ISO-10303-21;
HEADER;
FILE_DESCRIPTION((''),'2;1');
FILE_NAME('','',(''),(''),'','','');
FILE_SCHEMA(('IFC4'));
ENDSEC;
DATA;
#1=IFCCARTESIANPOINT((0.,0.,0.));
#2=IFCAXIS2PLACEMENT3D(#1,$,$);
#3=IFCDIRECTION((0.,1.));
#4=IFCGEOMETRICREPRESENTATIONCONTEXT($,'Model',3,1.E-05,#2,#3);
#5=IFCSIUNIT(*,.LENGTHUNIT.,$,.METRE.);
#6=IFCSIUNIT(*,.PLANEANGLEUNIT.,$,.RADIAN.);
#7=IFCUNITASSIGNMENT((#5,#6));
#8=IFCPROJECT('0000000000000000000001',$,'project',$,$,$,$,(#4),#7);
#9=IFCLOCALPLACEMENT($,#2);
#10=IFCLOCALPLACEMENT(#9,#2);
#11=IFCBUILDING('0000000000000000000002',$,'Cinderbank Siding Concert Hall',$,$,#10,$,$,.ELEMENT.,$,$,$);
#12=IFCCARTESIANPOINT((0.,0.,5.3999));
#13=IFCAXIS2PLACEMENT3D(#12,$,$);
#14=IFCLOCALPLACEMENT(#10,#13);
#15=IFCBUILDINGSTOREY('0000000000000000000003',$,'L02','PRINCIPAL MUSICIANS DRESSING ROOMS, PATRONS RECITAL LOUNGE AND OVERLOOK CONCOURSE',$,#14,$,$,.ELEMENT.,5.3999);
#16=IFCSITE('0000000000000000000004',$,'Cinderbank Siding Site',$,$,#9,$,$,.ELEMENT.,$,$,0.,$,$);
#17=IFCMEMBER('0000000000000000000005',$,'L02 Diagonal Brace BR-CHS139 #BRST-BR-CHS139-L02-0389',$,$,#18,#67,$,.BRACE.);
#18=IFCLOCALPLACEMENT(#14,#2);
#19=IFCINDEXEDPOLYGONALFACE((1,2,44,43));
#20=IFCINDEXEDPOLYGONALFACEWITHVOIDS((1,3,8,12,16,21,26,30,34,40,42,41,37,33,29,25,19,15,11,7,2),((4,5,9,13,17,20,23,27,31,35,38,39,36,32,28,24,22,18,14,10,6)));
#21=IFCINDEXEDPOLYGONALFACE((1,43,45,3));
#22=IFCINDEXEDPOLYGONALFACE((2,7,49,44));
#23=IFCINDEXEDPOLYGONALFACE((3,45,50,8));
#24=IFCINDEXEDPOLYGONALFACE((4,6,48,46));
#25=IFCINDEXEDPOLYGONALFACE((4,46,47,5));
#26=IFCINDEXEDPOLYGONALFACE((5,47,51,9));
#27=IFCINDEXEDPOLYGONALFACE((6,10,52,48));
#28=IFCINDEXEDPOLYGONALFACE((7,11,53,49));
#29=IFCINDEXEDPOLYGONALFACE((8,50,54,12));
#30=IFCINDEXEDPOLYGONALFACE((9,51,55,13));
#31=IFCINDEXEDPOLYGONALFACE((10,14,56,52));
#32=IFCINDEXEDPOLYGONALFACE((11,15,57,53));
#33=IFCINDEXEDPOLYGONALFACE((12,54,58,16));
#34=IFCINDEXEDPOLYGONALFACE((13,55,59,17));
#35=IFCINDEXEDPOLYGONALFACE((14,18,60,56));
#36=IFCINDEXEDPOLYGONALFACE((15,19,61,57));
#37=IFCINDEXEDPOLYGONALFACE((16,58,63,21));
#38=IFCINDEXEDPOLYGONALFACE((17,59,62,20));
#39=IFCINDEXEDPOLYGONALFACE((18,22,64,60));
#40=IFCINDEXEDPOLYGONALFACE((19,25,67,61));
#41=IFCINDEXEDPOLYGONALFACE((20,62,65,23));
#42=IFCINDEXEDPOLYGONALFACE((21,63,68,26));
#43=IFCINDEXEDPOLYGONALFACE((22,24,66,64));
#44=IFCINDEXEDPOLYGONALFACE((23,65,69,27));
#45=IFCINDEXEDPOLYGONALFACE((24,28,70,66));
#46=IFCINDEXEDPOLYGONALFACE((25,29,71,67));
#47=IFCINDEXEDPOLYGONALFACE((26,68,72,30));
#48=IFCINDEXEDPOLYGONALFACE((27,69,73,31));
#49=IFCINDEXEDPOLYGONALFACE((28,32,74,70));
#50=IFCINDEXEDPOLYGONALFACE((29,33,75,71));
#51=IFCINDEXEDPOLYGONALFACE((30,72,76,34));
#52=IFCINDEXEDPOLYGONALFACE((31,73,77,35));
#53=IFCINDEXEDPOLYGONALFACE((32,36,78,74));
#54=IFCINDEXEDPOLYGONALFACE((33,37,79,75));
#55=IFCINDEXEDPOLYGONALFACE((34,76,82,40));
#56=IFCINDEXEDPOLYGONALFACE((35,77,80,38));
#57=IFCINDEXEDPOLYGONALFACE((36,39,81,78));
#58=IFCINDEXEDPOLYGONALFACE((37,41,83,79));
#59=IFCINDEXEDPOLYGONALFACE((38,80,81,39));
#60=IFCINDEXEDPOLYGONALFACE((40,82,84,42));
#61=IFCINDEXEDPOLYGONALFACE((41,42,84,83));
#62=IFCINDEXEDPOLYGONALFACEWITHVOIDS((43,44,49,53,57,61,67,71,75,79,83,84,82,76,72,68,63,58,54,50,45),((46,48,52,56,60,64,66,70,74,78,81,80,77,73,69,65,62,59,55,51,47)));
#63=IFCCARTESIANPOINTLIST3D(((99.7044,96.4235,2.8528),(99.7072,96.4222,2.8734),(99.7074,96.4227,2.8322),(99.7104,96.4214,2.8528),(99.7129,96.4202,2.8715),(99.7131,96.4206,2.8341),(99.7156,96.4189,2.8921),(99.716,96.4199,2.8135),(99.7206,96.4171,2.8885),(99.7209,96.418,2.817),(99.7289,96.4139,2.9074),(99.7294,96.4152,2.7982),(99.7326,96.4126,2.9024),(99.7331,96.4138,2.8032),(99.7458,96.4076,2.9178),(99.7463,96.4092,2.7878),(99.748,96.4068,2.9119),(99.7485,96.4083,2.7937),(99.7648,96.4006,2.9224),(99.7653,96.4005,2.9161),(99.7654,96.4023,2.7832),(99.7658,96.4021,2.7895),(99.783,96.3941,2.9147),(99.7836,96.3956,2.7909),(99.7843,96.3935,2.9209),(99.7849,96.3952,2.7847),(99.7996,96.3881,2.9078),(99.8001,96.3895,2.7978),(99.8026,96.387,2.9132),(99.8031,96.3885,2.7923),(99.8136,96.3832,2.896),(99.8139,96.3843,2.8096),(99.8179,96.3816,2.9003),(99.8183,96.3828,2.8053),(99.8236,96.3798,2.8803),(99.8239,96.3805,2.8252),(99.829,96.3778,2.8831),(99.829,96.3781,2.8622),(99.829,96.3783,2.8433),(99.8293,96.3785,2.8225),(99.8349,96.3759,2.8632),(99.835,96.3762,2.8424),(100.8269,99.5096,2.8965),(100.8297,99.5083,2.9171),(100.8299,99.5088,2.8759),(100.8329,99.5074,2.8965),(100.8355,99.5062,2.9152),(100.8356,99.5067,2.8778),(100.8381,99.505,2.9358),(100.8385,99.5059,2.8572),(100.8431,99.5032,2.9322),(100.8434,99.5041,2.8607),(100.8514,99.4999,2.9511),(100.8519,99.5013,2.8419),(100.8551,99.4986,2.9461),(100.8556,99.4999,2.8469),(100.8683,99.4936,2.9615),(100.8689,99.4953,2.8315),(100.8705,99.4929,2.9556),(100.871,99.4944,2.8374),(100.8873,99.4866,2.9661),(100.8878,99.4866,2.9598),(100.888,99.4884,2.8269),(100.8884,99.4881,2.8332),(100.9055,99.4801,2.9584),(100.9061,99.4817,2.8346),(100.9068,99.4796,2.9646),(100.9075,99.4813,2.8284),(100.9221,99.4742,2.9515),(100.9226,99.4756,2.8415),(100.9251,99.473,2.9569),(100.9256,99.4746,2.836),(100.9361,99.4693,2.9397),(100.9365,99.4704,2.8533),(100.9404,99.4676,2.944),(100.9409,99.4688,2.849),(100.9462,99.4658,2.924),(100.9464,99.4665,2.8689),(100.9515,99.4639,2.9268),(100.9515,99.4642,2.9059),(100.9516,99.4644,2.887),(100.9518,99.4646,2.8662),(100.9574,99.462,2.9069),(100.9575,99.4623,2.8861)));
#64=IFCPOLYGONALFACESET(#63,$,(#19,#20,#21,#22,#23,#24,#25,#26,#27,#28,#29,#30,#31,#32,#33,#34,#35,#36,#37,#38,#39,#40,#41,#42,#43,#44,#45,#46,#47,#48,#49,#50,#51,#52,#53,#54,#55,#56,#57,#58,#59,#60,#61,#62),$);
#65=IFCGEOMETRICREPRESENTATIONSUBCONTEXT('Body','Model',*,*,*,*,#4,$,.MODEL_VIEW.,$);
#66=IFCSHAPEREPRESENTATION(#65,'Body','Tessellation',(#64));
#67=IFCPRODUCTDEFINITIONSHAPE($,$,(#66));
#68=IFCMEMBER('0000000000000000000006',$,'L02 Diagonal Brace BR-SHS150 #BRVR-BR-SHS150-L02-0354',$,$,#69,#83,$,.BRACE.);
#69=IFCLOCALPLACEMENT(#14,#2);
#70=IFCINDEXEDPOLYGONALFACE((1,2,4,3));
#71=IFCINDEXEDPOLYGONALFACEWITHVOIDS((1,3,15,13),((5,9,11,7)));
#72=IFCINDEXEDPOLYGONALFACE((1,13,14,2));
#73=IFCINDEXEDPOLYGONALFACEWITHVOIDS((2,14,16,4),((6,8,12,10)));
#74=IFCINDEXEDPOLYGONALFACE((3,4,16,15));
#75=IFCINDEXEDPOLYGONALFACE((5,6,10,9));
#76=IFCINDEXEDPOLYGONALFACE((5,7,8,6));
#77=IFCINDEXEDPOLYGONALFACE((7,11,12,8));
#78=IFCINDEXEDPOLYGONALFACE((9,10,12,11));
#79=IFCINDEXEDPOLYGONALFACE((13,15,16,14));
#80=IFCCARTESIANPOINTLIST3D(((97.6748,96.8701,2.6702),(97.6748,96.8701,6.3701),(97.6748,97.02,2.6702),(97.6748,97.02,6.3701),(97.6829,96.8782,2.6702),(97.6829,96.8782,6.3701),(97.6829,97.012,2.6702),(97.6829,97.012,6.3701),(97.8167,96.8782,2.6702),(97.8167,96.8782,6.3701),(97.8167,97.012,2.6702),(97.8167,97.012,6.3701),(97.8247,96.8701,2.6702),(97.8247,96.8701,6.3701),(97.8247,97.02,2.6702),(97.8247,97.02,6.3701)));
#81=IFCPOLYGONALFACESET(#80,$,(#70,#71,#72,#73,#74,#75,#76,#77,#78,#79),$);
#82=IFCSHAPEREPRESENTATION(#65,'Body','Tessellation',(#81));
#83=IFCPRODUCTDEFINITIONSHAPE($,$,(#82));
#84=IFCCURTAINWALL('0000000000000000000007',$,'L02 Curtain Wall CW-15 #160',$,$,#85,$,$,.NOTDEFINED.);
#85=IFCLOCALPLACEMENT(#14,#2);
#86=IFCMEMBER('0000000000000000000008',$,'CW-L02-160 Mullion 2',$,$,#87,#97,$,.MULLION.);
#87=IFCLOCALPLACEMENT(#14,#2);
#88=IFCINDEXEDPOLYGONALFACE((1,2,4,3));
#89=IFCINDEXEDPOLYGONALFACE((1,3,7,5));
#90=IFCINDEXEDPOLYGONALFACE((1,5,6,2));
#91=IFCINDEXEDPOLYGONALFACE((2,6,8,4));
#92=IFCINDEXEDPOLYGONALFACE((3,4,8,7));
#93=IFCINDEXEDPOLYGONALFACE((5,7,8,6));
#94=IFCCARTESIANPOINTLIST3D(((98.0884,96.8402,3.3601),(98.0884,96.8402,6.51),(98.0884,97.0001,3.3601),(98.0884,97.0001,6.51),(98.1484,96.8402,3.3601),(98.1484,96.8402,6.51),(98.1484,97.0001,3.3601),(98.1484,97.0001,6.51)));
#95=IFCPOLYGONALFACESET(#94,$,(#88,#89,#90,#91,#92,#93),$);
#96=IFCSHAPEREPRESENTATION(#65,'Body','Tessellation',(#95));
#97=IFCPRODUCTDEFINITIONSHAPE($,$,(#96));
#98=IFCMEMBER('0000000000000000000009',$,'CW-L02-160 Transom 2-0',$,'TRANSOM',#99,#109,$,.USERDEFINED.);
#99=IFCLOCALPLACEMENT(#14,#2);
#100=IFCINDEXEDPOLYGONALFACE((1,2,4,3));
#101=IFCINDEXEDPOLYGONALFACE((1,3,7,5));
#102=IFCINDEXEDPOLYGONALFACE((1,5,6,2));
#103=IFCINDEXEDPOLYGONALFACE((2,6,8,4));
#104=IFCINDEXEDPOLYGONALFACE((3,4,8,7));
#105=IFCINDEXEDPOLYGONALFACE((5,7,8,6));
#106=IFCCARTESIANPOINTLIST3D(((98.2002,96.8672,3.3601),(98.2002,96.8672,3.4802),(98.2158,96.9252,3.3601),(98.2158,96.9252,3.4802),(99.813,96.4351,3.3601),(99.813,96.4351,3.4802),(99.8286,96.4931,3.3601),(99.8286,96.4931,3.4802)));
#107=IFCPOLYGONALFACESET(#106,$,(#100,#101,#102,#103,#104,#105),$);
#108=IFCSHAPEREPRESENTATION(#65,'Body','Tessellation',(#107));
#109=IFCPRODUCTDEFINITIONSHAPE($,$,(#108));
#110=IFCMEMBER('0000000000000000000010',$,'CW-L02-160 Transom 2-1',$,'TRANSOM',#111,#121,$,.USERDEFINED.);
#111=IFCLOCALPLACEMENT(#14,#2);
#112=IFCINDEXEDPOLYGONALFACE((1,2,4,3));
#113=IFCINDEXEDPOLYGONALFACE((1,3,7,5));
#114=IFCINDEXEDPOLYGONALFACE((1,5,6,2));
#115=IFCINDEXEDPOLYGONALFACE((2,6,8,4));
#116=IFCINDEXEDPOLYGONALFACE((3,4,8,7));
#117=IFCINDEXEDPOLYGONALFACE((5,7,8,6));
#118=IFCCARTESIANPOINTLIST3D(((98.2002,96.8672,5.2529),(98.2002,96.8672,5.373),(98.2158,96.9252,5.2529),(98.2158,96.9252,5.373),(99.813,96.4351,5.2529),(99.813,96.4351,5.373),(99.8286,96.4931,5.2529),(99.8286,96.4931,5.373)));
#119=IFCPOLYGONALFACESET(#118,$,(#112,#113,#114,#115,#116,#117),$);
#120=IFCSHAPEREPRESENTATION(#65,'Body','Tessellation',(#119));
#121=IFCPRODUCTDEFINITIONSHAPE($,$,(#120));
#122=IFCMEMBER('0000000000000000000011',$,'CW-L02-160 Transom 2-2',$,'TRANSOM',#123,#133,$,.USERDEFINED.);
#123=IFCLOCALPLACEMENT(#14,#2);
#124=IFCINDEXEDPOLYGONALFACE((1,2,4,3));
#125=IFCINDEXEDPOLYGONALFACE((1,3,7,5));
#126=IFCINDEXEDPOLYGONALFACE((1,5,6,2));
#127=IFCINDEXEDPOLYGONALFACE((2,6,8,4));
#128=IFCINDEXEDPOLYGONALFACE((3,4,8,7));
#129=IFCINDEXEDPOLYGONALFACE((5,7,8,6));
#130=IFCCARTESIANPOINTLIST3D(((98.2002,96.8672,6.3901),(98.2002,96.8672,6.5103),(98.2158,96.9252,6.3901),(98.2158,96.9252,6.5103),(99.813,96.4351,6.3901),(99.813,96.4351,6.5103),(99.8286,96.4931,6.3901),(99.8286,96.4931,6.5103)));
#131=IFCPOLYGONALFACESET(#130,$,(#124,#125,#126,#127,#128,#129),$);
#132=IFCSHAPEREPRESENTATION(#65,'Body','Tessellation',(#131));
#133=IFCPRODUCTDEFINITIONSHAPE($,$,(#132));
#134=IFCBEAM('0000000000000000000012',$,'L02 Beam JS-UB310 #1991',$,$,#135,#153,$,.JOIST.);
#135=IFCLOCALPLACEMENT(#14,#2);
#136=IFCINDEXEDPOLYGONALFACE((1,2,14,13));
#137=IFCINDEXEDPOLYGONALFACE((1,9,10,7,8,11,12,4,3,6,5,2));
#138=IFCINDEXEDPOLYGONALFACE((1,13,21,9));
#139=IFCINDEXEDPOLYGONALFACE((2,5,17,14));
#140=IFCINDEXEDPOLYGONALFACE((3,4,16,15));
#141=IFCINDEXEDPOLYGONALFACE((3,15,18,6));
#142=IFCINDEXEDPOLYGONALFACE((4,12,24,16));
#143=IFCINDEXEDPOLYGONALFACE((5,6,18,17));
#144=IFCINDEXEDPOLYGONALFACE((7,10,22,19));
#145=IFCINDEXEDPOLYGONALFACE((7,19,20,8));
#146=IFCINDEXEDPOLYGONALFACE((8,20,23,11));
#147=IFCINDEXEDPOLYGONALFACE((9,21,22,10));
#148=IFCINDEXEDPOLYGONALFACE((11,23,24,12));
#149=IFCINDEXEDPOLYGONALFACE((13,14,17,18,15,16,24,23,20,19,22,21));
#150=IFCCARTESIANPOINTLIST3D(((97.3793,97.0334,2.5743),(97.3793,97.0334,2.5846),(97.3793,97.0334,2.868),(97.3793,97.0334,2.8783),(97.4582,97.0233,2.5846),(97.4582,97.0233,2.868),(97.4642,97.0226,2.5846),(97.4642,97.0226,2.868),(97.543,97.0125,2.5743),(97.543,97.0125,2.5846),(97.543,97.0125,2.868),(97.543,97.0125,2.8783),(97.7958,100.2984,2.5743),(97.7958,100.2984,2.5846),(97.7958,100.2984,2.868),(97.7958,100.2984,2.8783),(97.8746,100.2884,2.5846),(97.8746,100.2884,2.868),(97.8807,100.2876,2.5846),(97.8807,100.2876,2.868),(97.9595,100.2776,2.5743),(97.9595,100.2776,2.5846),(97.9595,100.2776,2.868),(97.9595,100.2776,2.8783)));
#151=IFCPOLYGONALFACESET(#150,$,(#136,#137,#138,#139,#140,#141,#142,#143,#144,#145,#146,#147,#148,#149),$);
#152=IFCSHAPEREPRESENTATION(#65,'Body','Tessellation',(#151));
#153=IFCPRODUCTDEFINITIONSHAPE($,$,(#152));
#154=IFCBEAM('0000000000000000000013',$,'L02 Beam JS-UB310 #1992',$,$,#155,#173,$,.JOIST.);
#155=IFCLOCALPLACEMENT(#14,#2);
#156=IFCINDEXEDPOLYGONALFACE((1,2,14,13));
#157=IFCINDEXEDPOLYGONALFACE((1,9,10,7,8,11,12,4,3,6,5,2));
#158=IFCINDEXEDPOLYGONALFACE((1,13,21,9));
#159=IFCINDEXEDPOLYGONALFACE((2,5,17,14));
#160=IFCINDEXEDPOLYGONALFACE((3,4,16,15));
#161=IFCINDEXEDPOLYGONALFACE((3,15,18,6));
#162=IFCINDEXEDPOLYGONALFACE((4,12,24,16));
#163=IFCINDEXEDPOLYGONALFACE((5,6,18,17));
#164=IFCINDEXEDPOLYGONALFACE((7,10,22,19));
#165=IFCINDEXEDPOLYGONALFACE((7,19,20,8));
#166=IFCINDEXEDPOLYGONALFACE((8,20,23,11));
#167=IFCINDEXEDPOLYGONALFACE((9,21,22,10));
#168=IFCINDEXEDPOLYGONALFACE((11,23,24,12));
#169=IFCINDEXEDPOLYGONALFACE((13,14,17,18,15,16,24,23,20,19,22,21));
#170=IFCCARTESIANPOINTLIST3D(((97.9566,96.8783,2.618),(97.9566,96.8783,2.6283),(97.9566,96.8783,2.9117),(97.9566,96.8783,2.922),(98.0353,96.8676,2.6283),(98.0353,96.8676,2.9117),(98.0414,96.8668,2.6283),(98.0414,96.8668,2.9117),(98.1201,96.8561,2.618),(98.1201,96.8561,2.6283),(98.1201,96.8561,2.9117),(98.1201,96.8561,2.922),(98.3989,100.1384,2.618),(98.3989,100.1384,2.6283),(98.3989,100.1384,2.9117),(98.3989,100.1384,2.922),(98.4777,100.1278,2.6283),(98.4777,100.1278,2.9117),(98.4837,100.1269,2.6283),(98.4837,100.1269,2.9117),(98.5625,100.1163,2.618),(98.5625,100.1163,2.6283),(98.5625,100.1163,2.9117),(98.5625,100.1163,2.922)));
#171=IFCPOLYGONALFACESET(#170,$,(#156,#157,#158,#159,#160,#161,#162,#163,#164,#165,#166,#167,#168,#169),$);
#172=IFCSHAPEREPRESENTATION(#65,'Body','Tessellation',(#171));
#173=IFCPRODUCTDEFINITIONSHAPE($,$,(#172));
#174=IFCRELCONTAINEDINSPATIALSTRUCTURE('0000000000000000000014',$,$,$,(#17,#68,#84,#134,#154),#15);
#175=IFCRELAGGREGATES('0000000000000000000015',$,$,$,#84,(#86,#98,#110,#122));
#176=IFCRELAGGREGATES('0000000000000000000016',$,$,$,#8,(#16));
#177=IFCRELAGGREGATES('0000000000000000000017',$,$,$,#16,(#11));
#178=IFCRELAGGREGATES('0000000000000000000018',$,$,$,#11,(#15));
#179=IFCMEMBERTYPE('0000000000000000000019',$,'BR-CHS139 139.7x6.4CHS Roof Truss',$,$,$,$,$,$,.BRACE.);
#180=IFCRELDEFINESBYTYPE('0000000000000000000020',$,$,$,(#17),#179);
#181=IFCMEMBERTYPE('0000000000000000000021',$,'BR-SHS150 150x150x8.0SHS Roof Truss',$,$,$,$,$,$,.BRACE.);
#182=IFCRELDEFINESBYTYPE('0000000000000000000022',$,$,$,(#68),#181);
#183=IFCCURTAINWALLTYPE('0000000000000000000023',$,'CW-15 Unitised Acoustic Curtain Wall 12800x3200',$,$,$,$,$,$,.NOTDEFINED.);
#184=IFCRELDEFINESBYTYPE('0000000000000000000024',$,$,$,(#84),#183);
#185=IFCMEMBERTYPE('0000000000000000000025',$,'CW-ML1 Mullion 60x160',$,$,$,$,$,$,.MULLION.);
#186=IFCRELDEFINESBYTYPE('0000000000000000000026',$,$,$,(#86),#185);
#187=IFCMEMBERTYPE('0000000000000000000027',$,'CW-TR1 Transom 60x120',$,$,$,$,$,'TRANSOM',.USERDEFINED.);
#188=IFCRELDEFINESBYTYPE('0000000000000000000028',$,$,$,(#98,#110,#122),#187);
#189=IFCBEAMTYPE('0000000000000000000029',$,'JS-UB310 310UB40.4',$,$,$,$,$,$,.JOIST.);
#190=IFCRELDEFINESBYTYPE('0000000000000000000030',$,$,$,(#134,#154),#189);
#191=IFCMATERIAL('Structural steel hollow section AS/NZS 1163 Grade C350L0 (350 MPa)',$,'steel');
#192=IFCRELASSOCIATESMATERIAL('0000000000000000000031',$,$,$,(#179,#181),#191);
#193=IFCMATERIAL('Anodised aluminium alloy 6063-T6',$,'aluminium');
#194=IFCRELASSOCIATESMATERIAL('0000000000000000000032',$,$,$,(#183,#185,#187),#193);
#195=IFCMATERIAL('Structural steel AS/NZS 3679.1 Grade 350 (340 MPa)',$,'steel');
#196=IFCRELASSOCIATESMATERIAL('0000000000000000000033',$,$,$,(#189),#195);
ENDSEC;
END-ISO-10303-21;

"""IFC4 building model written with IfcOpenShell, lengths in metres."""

from ifc_helpers import new_model, si_unit, direction, frame, origin, origin_2d, place, context, subcontext, project, spatial, rectangle, hollow_rectangle, hollow_circle, i_section, extrude, material, material_profile, profile_set, type_object, element, aggregate, save


model = new_model("IFC4")

# Units and contexts
model_context = context("Model", 3, precision=1e-05, world=origin(), true_north=direction((0.0, 1.0)))
body_context = subcontext(model_context, "Body", "Model", "MODEL_VIEW")
ifc_project = project(units=[si_unit("LENGTHUNIT", "METRE"), si_unit("PLANEANGLEUNIT", "RADIAN")], contexts=[model_context])

# Site, building, storey
site_placement = place(None, origin())
site = spatial("IfcSite", under=ifc_project, at=site_placement, Name="Cinderbank Siding Site", CompositionType="ELEMENT", RefElevation=0.0)
building_placement = place(site_placement, origin())
building = spatial("IfcBuilding", under=site, at=building_placement, Name="Cinderbank Siding Concert Hall", CompositionType="ELEMENT")
storey_placement = place(building_placement, frame((0.0, 0.0, 5.3999)))
storey = spatial("IfcBuildingStorey", under=building, at=storey_placement, Name="L02", Description="PRINCIPAL MUSICIANS DRESSING ROOMS, PATRONS RECITAL LOUNGE AND OVERLOOK CONCOURSE", CompositionType="ELEMENT", Elevation=5.3999)

# Members
ifc_material_1 = material(Name="Structural steel hollow section AS/NZS 1163 Grade C350L0 (350 MPa)", Category="steel")
ifc_material_profile_1 = material_profile(ifc_material_1, hollow_circle(Radius=0.0698, WallThickness=0.0063, at=origin_2d()), Name="139.7x6.4CHS", Category="LoadBearing")
ifc_profile_set_1 = profile_set([ifc_material_profile_1], Name="Structural steel hollow section AS/NZS 1163 Grade C350L0 (350 MPa)")
member_type_1 = type_object("IfcMemberType", Name="BR-CHS139 139.7x6.4CHS Roof Truss", PredefinedType="BRACE", material=ifc_profile_set_1)
member_1_placement = place(storey_placement, frame((99.77, 96.3997, 2.8528), z_axis=(0.341796, 0.93968, 0.013306), x_axis=(-0.939763, 0.341827, 0.0)))
element("IfcMember", 1, at=member_1_placement, inside=storey, type_object=member_type_1, Name="L02 Diagonal Brace BR-CHS139 #BRST-BR-CHS139-L02-0389", PredefinedType="BRACE", context=body_context, shape_type="SweptSolid", body=[
    extrude(hollow_circle(Radius=0.0698, WallThickness=0.0063, at=origin_2d()), origin(), (0.0, 0.0, 1.0), 3.2842),
])
ifc_material_profile_2 = material_profile(ifc_material_1, hollow_rectangle(XDim=0.1499, YDim=0.1499, WallThickness=0.0081, at=origin_2d()), Name="150x150x8.0SHS", Category="LoadBearing")
ifc_profile_set_2 = profile_set([ifc_material_profile_2], Name="Structural steel hollow section AS/NZS 1163 Grade C350L0 (350 MPa)")
member_type_2 = type_object("IfcMemberType", Name="BR-SHS150 150x150x8.0SHS Roof Truss", PredefinedType="BRACE", material=ifc_profile_set_2)
member_2_placement = place(storey_placement, frame((97.7498, 96.9451, 2.6702), z_axis=(0.0, 0.0, 1.0), x_axis=(1.0, 0.0, 0.0)))
element("IfcMember", 2, at=member_2_placement, inside=storey, type_object=member_type_2, Name="L02 Diagonal Brace BR-SHS150 #BRVR-BR-SHS150-L02-0354", PredefinedType="BRACE", context=body_context, shape_type="SweptSolid", body=[
    extrude(hollow_rectangle(XDim=0.1499, YDim=0.1499, WallThickness=0.0081, at=origin_2d()), origin(), (0.0, 0.0, 1.0), 3.7),
])

# Curtain wall, members
ifc_material_2 = material(Name="Anodised aluminium alloy 6063-T6", Category="aluminium")
curtain_wall_type = type_object("IfcCurtainWallType", Name="CW-15 Unitised Acoustic Curtain Wall 12800x3200", PredefinedType="NOTDEFINED", material=ifc_material_2)
curtain_wall_placement = place(storey_placement, origin())
curtain_wall = element("IfcCurtainWall", 3, at=curtain_wall_placement, inside=storey, type_object=curtain_wall_type, Name="L02 Curtain Wall CW-15 #160", PredefinedType="NOTDEFINED")
ifc_material_profile_3 = material_profile(ifc_material_2, rectangle(XDim=0.0601, YDim=0.1599, at=origin_2d()), Name="ALU-MULL-60x160", Category="LoadBearing")
ifc_profile_set_3 = profile_set([ifc_material_profile_3], Name="Anodised aluminium alloy 6063-T6")
member_type_3 = type_object("IfcMemberType", Name="CW-ML1 Mullion 60x160", PredefinedType="MULLION", material=ifc_profile_set_3)
member_3_placement = place(storey_placement, frame((98.1184, 96.9202, 3.3601), z_axis=(0.0, 0.0, 1.0), x_axis=(1.0, 0.0, 0.0)))
member_3 = element("IfcMember", 4, at=member_3_placement, type_object=member_type_3, Name="CW-L02-160 Mullion 2", PredefinedType="MULLION", context=body_context, shape_type="SweptSolid", body=[
    extrude(rectangle(XDim=0.0601, YDim=0.1599, at=origin_2d()), origin(), (0.0, 0.0, 1.0), 3.1499),
])
ifc_material_profile_4 = material_profile(ifc_material_2, rectangle(XDim=0.0601, YDim=0.1201, at=origin_2d()), Name="ALU-TRAN-60x120", Category="LoadBearing")
ifc_profile_set_4 = profile_set([ifc_material_profile_4], Name="Anodised aluminium alloy 6063-T6")
member_type_4 = type_object("IfcMemberType", Name="CW-TR1 Transom 60x120", ElementType="TRANSOM", PredefinedType="USERDEFINED", material=ifc_profile_set_4)
member_4_placement = place(storey_placement, frame((98.208, 96.8962, 3.4202), z_axis=(0.965928, -0.258809, 0.0), x_axis=(0.258809, 0.965928, 0.0)))
member_4 = element("IfcMember", 5, at=member_4_placement, type_object=member_type_4, Name="CW-L02-160 Transom 2-0", ObjectType="TRANSOM", PredefinedType="USERDEFINED", context=body_context, shape_type="SweptSolid", body=[
    extrude(rectangle(XDim=0.0601, YDim=0.1201, at=origin_2d()), origin(), (0.0, 0.0, 1.0), 1.6697),
])
member_5_placement = place(storey_placement, frame((98.208, 96.8962, 5.313), z_axis=(0.965928, -0.258809, 0.0), x_axis=(0.258809, 0.965928, 0.0)))
member_5 = element("IfcMember", 6, at=member_5_placement, type_object=member_type_4, Name="CW-L02-160 Transom 2-1", ObjectType="TRANSOM", PredefinedType="USERDEFINED", context=body_context, shape_type="SweptSolid", body=[
    extrude(rectangle(XDim=0.0601, YDim=0.1201, at=origin_2d()), origin(), (0.0, 0.0, 1.0), 1.6697),
])
member_6_placement = place(storey_placement, frame((98.208, 96.8962, 6.4502), z_axis=(0.965928, -0.258809, 0.0), x_axis=(0.258809, 0.965928, 0.0)))
member_6 = element("IfcMember", 7, at=member_6_placement, type_object=member_type_4, Name="CW-L02-160 Transom 2-2", ObjectType="TRANSOM", PredefinedType="USERDEFINED", context=body_context, shape_type="SweptSolid", body=[
    extrude(rectangle(XDim=0.0601, YDim=0.1201, at=origin_2d()), origin(), (0.0, 0.0, 1.0), 1.6697),
])

# Beams
ifc_material_3 = material(Name="Structural steel AS/NZS 3679.1 Grade 350 (340 MPa)", Category="steel")
ifc_material_profile_5 = material_profile(ifc_material_3, i_section(OverallWidth=0.165, OverallDepth=0.304, WebThickness=0.0061, FlangeThickness=0.0103, at=origin_2d()), Name="310UB40.4", Category="LoadBearing")
ifc_profile_set_5 = profile_set([ifc_material_profile_5], Name="Structural steel AS/NZS 3679.1 Grade 350 (340 MPa)")
beam_type = type_object("IfcBeamType", Name="JS-UB310 310UB40.4", PredefinedType="JOIST", material=ifc_profile_set_5)
beam_1_placement = place(storey_placement, frame((97.4612, 97.0229, 2.7263), z_axis=(0.126536, 0.991962, 0.0), x_axis=(-0.991962, 0.126536, 0.0)))
element("IfcBeam", 8, at=beam_1_placement, inside=storey, type_object=beam_type, Name="L02 Beam JS-UB310 #1991", PredefinedType="JOIST", context=body_context, shape_type="SweptSolid", body=[
    extrude(i_section(OverallWidth=0.165, OverallDepth=0.304, WebThickness=0.0061, FlangeThickness=0.0103, at=origin_2d()), origin(), (0.0, 0.0, 1.0), 3.2915),
])
beam_2_placement = place(storey_placement, frame((98.0383, 96.8672, 2.77), z_axis=(0.134458, 0.990919, 0.0), x_axis=(-0.990919, 0.134458, 0.0)))
element("IfcBeam", 9, at=beam_2_placement, inside=storey, type_object=beam_type, Name="L02 Beam JS-UB310 #1992", PredefinedType="JOIST", context=body_context, shape_type="SweptSolid", body=[
    extrude(i_section(OverallWidth=0.165, OverallDepth=0.304, WebThickness=0.0061, FlangeThickness=0.0103, at=origin_2d()), origin(), (0.0, 0.0, 1.0), 3.29),
])

aggregate(curtain_wall, [member_3, member_4, member_5, member_6])

save(model, "model.ifc")
